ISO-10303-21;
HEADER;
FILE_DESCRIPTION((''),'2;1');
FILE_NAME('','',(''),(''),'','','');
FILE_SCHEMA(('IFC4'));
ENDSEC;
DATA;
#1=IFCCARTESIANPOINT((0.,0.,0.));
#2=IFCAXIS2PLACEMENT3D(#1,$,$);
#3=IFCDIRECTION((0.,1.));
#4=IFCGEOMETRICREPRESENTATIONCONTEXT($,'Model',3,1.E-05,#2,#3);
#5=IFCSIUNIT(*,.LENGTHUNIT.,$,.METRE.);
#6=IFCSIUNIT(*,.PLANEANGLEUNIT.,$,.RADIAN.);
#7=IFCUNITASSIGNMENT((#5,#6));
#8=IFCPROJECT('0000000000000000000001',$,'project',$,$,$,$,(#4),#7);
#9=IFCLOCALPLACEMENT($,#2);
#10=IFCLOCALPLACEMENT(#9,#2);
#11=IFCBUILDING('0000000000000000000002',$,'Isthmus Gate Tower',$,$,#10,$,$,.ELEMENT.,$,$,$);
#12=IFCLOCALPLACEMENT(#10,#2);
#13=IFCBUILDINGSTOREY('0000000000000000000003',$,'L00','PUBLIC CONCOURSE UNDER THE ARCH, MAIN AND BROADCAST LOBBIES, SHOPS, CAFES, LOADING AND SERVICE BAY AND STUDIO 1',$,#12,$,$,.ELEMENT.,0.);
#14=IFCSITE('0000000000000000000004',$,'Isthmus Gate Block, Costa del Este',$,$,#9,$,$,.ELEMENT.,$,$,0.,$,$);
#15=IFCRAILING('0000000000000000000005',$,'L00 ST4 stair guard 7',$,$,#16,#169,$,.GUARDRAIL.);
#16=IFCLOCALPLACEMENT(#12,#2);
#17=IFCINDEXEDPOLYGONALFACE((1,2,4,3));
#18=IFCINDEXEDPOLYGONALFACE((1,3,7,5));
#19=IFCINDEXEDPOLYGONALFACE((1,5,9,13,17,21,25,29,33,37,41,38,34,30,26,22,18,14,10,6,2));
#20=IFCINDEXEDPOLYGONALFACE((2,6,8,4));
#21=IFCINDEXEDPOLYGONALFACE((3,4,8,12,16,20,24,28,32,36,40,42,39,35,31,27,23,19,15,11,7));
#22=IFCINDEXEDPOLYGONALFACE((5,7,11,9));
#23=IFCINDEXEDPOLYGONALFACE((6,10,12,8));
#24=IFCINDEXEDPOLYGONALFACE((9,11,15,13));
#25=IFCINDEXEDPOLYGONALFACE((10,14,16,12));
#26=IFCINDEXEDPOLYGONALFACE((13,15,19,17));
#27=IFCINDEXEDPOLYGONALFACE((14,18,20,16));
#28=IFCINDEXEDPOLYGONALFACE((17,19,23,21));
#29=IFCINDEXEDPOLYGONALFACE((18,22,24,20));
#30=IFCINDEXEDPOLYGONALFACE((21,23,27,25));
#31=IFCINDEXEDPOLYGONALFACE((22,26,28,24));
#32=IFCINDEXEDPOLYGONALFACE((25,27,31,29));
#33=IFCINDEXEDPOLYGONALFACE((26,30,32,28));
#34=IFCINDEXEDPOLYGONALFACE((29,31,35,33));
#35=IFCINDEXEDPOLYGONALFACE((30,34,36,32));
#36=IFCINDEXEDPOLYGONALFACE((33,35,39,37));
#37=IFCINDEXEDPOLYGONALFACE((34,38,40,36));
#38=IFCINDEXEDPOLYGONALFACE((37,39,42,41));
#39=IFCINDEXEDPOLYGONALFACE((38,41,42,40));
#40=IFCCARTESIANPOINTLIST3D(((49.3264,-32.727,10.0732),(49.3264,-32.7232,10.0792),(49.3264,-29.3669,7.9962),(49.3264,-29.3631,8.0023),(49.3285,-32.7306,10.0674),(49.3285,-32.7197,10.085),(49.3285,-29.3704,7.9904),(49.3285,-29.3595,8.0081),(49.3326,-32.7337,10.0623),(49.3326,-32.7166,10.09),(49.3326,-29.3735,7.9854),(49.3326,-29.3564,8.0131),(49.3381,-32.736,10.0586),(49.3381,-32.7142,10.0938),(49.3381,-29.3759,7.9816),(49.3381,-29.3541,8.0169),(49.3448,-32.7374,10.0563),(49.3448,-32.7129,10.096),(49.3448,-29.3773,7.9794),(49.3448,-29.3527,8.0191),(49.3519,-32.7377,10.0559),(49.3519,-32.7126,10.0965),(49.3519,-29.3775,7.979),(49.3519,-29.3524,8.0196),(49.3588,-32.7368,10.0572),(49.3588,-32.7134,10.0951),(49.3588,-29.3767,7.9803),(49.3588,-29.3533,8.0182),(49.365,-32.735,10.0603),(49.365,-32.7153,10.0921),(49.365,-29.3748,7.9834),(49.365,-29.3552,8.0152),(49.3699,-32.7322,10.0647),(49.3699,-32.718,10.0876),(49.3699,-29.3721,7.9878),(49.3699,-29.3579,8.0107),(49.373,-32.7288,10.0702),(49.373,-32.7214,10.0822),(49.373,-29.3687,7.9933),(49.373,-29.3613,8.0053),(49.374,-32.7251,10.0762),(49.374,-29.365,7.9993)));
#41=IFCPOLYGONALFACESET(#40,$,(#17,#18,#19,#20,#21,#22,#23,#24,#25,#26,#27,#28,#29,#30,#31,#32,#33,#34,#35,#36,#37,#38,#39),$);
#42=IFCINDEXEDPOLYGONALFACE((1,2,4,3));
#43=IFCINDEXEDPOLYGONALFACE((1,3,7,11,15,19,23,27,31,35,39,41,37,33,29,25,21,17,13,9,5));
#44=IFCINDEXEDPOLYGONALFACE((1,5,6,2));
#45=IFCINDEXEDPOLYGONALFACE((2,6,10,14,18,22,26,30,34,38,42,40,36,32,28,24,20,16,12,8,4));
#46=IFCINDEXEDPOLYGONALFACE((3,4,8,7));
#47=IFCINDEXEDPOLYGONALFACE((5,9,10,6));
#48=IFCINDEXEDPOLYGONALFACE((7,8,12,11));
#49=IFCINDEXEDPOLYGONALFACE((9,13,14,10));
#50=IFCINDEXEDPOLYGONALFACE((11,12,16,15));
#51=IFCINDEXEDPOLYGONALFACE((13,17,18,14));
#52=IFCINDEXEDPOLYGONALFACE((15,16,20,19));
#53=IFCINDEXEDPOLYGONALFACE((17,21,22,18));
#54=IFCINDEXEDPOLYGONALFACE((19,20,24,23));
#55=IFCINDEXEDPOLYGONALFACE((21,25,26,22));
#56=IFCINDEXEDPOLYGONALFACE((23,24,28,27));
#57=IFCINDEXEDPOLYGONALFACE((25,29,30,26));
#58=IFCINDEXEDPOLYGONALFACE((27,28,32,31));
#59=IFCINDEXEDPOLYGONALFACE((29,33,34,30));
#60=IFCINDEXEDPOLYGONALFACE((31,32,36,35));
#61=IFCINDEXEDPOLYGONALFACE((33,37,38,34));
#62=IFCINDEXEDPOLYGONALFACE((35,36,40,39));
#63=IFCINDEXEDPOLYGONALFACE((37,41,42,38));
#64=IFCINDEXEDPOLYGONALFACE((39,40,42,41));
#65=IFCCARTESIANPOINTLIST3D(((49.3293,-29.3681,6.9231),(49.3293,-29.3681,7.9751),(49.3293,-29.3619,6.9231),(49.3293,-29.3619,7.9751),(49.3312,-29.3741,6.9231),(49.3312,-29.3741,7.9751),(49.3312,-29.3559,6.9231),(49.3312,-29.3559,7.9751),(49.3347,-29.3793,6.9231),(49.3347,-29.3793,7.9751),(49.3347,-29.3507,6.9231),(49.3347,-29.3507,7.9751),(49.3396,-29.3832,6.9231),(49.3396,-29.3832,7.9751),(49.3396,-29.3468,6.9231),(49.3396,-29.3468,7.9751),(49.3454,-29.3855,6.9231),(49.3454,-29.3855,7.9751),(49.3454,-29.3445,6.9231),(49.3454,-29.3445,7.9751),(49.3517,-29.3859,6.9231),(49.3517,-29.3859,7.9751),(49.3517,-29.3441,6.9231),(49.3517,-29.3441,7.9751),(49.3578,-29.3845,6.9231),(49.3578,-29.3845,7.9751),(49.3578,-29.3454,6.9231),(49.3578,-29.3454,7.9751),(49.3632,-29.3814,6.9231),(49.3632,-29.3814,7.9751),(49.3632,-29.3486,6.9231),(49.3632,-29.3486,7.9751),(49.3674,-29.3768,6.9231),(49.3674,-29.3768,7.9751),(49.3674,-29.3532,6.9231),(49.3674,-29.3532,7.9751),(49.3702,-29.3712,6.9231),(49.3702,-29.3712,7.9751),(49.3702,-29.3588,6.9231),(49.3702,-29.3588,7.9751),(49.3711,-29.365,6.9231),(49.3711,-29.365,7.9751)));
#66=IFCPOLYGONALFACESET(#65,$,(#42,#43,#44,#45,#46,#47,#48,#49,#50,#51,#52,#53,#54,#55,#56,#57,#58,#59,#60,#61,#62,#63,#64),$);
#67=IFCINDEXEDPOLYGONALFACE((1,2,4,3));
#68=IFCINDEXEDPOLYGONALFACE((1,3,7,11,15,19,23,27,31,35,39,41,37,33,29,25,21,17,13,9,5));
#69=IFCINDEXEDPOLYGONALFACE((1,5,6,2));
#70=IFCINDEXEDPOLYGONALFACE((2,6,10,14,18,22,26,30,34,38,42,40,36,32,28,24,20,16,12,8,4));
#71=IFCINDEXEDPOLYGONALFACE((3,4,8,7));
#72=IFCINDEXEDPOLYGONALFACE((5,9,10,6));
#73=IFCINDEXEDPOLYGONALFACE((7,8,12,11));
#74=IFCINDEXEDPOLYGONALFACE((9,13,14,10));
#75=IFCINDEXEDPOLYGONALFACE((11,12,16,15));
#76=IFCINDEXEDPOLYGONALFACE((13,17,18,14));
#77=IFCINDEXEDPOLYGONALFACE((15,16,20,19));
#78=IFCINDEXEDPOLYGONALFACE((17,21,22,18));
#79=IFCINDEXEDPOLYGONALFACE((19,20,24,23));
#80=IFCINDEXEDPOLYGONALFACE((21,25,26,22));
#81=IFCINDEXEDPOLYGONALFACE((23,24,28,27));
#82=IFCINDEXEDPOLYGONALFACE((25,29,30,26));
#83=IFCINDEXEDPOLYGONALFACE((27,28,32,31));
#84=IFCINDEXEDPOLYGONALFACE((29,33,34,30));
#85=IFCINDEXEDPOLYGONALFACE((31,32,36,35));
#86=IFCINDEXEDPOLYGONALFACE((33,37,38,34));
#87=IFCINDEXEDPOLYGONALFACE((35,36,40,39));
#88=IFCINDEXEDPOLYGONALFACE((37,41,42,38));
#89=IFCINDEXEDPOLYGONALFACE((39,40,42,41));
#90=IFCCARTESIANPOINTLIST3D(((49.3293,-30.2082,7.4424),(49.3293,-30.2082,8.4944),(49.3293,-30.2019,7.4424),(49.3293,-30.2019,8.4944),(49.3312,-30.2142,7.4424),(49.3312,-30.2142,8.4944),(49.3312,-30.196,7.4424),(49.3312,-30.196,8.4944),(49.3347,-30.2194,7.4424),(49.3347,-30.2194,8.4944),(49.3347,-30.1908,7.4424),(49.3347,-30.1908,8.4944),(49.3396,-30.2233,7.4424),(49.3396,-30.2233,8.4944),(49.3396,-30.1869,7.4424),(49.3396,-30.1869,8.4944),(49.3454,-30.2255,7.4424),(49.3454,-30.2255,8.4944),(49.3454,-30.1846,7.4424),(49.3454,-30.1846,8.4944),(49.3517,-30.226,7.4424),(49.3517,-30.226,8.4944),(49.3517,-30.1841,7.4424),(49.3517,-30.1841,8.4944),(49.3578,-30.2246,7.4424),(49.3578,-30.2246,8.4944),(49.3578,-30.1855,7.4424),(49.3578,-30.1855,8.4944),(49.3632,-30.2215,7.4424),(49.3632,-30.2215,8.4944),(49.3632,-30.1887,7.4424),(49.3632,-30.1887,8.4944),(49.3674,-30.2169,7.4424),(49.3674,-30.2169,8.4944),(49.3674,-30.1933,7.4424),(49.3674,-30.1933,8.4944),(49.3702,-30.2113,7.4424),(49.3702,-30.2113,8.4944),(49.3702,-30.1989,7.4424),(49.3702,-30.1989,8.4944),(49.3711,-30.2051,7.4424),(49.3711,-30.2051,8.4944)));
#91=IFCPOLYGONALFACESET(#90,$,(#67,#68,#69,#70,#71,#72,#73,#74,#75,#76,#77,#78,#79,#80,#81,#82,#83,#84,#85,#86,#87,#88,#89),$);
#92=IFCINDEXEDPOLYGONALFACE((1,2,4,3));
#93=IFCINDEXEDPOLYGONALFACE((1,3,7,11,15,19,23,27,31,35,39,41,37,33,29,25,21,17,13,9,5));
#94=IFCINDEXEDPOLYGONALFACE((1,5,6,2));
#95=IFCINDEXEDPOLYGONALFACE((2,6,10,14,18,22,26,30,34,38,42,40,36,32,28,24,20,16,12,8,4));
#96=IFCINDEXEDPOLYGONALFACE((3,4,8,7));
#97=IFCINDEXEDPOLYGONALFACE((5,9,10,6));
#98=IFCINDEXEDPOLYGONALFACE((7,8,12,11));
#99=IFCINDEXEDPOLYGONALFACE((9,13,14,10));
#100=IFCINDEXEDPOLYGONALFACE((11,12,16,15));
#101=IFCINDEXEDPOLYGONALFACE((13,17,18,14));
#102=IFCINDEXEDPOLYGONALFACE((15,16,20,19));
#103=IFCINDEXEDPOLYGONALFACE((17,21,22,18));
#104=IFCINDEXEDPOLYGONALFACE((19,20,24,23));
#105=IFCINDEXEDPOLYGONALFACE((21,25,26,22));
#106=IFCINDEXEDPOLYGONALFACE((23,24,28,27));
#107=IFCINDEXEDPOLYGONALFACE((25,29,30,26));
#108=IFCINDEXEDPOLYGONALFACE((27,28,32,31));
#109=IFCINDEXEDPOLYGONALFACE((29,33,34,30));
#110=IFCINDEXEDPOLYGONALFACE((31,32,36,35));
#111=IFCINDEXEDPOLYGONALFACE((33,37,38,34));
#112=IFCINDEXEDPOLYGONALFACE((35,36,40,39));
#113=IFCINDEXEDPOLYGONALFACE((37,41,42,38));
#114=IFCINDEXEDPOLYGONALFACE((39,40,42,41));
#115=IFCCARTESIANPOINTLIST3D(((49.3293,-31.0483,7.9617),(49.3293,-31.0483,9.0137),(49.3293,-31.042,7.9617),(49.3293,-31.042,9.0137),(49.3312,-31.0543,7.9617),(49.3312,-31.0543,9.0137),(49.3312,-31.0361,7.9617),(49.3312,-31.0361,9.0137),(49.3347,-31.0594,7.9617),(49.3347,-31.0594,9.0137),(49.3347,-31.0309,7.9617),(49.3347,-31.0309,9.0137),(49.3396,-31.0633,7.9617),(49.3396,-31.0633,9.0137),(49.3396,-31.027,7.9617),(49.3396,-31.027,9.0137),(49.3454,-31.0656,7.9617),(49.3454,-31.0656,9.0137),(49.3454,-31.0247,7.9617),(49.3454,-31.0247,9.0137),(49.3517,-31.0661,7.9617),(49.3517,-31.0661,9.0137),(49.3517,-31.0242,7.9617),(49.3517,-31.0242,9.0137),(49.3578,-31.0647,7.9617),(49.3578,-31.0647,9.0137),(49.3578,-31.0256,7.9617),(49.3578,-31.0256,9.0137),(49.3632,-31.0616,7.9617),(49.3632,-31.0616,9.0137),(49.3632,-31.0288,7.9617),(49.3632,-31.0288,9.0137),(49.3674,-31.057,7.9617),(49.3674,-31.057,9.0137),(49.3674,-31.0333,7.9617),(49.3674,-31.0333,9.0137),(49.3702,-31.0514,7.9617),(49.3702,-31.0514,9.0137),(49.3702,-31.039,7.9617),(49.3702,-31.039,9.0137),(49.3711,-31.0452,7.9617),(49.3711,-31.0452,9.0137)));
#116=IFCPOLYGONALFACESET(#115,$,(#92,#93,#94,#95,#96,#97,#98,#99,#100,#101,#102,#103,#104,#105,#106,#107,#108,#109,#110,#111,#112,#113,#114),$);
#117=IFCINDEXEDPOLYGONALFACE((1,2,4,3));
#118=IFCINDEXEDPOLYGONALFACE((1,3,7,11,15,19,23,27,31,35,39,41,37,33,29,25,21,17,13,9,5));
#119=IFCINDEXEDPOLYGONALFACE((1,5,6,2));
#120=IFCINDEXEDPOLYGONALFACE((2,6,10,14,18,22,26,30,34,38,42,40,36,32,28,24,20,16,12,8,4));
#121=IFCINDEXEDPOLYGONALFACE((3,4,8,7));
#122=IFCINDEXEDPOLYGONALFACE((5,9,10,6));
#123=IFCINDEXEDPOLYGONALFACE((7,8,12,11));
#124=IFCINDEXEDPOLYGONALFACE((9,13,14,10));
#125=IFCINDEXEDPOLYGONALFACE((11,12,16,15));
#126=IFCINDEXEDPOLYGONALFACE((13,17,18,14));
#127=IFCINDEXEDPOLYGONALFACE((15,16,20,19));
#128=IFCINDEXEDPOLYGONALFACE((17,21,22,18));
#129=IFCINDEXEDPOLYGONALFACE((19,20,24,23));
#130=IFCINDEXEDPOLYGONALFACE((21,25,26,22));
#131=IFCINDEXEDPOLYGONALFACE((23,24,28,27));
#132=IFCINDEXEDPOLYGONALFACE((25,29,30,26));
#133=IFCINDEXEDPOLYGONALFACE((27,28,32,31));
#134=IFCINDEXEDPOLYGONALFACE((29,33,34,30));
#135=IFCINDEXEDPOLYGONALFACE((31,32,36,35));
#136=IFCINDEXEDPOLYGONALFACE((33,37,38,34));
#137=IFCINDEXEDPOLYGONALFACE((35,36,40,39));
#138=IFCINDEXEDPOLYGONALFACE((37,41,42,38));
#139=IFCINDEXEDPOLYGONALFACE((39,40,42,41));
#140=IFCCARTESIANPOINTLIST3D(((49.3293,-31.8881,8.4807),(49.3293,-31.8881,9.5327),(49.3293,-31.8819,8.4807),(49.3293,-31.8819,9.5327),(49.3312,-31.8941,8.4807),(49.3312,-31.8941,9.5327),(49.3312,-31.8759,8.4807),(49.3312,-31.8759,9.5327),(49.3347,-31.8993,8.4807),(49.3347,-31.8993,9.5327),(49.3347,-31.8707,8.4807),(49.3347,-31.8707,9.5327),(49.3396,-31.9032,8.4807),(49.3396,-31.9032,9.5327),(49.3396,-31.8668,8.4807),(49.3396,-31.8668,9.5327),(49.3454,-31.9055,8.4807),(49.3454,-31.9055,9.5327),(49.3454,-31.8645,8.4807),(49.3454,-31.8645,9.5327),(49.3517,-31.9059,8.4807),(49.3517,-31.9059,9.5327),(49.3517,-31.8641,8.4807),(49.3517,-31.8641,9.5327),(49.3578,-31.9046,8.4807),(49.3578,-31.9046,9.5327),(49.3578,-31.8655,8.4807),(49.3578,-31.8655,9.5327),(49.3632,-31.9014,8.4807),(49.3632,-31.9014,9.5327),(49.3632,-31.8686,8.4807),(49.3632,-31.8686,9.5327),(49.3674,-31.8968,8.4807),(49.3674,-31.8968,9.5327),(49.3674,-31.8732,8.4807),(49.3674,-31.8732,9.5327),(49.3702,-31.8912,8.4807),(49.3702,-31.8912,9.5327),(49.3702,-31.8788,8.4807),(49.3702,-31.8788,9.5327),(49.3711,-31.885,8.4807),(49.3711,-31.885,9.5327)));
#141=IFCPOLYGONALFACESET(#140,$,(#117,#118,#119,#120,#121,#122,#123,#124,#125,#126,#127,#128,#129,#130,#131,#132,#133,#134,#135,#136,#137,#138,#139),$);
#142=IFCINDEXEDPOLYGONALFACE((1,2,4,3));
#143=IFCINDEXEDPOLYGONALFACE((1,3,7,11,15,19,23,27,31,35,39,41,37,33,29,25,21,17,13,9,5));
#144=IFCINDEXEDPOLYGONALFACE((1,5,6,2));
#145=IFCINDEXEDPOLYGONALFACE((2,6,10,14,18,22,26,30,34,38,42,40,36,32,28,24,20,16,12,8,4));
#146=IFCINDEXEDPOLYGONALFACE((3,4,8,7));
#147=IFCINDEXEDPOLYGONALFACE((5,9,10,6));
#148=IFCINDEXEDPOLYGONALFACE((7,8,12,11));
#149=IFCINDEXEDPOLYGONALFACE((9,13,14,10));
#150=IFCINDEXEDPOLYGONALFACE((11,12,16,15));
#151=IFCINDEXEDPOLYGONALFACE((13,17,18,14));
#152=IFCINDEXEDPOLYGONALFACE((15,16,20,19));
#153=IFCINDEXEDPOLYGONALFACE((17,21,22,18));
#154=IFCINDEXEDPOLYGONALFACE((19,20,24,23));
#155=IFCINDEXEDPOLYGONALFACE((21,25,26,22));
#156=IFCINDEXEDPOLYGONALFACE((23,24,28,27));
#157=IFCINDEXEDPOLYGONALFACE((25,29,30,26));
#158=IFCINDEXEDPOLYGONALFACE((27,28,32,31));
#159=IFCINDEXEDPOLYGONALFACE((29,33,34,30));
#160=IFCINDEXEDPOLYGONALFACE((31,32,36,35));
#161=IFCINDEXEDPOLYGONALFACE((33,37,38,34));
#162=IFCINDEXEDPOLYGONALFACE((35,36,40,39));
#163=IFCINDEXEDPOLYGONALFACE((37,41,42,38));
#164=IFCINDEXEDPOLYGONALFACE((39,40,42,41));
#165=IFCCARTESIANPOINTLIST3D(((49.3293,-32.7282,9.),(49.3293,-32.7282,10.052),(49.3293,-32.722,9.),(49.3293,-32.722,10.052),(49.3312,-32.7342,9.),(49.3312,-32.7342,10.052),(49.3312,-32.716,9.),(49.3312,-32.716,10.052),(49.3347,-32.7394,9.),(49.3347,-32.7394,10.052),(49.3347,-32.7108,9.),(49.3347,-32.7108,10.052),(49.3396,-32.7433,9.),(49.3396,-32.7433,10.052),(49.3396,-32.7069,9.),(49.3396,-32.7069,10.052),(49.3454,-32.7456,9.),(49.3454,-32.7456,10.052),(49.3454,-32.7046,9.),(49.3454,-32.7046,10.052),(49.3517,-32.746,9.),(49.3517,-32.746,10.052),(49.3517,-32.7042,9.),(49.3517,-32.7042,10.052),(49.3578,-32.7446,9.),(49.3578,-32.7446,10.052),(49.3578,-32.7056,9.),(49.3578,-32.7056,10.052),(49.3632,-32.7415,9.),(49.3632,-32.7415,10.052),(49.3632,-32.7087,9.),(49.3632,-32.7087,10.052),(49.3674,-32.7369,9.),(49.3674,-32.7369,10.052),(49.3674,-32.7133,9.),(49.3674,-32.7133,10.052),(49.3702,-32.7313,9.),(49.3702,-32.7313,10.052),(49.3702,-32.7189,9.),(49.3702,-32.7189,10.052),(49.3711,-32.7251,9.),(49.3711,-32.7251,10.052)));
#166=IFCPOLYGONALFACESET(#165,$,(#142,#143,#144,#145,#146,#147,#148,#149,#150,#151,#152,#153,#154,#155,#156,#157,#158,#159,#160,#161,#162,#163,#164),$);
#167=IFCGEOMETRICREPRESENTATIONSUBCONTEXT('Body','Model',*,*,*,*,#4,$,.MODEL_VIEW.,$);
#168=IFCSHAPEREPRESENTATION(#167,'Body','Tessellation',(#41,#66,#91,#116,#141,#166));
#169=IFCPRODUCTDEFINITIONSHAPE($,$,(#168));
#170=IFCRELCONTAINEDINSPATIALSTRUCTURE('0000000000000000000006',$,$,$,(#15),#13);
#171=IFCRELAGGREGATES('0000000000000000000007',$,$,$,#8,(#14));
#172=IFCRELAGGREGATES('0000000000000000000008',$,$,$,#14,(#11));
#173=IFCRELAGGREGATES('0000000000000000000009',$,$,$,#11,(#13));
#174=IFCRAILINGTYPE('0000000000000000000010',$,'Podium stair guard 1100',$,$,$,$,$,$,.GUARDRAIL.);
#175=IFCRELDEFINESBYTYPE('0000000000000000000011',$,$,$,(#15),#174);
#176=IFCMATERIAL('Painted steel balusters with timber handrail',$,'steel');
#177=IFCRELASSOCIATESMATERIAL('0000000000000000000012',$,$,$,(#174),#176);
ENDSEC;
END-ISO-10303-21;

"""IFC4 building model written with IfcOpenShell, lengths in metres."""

from ifc_helpers import new_model, si_unit, direction, frame, origin, origin_2d, place, context, subcontext, project, spatial, circle, extrude, material, type_object, element, save


model = new_model("IFC4")

# Units and contexts
model_context = context("Model", 3, precision=1e-05, world=origin(), true_north=direction((0.0, 1.0)))
body_context = subcontext(model_context, "Body", "Model", "MODEL_VIEW")
ifc_project = project(units=[si_unit("LENGTHUNIT", "METRE"), si_unit("PLANEANGLEUNIT", "RADIAN")], contexts=[model_context])

# Site, building, storey
site_placement = place(None, origin())
site = spatial("IfcSite", under=ifc_project, at=site_placement, Name="Isthmus Gate Block, Costa del Este", CompositionType="ELEMENT", RefElevation=0.0)
building_placement = place(site_placement, origin())
building = spatial("IfcBuilding", under=site, at=building_placement, Name="Isthmus Gate Tower", CompositionType="ELEMENT")
storey_placement = place(building_placement, origin())
storey = spatial("IfcBuildingStorey", under=building, at=storey_placement, Name="L00", Description="PUBLIC CONCOURSE UNDER THE ARCH, MAIN AND BROADCAST LOBBIES, SHOPS, CAFES, LOADING AND SERVICE BAY AND STUDIO 1", CompositionType="ELEMENT", Elevation=0.0)

# Railing
ifc_material_1 = material(Name="Painted steel balusters with timber handrail", Category="steel")
railing_type = type_object("IfcRailingType", Name="Podium stair guard 1100", PredefinedType="GUARDRAIL", material=ifc_material_1)
railing_placement = place(storey_placement, frame((49.3501, -29.365, 6.9231)))
element("IfcRailing", 1, at=railing_placement, inside=storey, type_object=railing_type, Name="L00 ST4 stair guard 7", PredefinedType="GUARDRAIL", context=body_context, shape_type="SweptSolid", body=[
    extrude(circle(Radius=0.0239, at=origin_2d()), frame((0.0, 0.0, 1.0762), z_axis=(0.0, -0.850623, 0.525776), x_axis=(1.0, 0.0, 0.0)), (0.0, 0.0, 1.0), 3.9502),
    extrude(circle(Radius=0.021, at=origin_2d()), origin(), (0.0, 0.0, 1.0), 1.052),
    extrude(circle(Radius=0.021, at=origin_2d()), frame((0.0, -0.8401, 0.5193)), (0.0, 0.0, 1.0), 1.052),
    extrude(circle(Radius=0.021, at=origin_2d()), frame((0.0, -1.6802, 1.0386)), (0.0, 0.0, 1.0), 1.052),
    extrude(circle(Radius=0.021, at=origin_2d()), frame((0.0, -2.52, 1.5576)), (0.0, 0.0, 1.0), 1.052),
    extrude(circle(Radius=0.021, at=origin_2d()), frame((0.0, -3.3601, 2.0769)), (0.0, 0.0, 1.0), 1.052),
])

save(model, "model.ifc")
